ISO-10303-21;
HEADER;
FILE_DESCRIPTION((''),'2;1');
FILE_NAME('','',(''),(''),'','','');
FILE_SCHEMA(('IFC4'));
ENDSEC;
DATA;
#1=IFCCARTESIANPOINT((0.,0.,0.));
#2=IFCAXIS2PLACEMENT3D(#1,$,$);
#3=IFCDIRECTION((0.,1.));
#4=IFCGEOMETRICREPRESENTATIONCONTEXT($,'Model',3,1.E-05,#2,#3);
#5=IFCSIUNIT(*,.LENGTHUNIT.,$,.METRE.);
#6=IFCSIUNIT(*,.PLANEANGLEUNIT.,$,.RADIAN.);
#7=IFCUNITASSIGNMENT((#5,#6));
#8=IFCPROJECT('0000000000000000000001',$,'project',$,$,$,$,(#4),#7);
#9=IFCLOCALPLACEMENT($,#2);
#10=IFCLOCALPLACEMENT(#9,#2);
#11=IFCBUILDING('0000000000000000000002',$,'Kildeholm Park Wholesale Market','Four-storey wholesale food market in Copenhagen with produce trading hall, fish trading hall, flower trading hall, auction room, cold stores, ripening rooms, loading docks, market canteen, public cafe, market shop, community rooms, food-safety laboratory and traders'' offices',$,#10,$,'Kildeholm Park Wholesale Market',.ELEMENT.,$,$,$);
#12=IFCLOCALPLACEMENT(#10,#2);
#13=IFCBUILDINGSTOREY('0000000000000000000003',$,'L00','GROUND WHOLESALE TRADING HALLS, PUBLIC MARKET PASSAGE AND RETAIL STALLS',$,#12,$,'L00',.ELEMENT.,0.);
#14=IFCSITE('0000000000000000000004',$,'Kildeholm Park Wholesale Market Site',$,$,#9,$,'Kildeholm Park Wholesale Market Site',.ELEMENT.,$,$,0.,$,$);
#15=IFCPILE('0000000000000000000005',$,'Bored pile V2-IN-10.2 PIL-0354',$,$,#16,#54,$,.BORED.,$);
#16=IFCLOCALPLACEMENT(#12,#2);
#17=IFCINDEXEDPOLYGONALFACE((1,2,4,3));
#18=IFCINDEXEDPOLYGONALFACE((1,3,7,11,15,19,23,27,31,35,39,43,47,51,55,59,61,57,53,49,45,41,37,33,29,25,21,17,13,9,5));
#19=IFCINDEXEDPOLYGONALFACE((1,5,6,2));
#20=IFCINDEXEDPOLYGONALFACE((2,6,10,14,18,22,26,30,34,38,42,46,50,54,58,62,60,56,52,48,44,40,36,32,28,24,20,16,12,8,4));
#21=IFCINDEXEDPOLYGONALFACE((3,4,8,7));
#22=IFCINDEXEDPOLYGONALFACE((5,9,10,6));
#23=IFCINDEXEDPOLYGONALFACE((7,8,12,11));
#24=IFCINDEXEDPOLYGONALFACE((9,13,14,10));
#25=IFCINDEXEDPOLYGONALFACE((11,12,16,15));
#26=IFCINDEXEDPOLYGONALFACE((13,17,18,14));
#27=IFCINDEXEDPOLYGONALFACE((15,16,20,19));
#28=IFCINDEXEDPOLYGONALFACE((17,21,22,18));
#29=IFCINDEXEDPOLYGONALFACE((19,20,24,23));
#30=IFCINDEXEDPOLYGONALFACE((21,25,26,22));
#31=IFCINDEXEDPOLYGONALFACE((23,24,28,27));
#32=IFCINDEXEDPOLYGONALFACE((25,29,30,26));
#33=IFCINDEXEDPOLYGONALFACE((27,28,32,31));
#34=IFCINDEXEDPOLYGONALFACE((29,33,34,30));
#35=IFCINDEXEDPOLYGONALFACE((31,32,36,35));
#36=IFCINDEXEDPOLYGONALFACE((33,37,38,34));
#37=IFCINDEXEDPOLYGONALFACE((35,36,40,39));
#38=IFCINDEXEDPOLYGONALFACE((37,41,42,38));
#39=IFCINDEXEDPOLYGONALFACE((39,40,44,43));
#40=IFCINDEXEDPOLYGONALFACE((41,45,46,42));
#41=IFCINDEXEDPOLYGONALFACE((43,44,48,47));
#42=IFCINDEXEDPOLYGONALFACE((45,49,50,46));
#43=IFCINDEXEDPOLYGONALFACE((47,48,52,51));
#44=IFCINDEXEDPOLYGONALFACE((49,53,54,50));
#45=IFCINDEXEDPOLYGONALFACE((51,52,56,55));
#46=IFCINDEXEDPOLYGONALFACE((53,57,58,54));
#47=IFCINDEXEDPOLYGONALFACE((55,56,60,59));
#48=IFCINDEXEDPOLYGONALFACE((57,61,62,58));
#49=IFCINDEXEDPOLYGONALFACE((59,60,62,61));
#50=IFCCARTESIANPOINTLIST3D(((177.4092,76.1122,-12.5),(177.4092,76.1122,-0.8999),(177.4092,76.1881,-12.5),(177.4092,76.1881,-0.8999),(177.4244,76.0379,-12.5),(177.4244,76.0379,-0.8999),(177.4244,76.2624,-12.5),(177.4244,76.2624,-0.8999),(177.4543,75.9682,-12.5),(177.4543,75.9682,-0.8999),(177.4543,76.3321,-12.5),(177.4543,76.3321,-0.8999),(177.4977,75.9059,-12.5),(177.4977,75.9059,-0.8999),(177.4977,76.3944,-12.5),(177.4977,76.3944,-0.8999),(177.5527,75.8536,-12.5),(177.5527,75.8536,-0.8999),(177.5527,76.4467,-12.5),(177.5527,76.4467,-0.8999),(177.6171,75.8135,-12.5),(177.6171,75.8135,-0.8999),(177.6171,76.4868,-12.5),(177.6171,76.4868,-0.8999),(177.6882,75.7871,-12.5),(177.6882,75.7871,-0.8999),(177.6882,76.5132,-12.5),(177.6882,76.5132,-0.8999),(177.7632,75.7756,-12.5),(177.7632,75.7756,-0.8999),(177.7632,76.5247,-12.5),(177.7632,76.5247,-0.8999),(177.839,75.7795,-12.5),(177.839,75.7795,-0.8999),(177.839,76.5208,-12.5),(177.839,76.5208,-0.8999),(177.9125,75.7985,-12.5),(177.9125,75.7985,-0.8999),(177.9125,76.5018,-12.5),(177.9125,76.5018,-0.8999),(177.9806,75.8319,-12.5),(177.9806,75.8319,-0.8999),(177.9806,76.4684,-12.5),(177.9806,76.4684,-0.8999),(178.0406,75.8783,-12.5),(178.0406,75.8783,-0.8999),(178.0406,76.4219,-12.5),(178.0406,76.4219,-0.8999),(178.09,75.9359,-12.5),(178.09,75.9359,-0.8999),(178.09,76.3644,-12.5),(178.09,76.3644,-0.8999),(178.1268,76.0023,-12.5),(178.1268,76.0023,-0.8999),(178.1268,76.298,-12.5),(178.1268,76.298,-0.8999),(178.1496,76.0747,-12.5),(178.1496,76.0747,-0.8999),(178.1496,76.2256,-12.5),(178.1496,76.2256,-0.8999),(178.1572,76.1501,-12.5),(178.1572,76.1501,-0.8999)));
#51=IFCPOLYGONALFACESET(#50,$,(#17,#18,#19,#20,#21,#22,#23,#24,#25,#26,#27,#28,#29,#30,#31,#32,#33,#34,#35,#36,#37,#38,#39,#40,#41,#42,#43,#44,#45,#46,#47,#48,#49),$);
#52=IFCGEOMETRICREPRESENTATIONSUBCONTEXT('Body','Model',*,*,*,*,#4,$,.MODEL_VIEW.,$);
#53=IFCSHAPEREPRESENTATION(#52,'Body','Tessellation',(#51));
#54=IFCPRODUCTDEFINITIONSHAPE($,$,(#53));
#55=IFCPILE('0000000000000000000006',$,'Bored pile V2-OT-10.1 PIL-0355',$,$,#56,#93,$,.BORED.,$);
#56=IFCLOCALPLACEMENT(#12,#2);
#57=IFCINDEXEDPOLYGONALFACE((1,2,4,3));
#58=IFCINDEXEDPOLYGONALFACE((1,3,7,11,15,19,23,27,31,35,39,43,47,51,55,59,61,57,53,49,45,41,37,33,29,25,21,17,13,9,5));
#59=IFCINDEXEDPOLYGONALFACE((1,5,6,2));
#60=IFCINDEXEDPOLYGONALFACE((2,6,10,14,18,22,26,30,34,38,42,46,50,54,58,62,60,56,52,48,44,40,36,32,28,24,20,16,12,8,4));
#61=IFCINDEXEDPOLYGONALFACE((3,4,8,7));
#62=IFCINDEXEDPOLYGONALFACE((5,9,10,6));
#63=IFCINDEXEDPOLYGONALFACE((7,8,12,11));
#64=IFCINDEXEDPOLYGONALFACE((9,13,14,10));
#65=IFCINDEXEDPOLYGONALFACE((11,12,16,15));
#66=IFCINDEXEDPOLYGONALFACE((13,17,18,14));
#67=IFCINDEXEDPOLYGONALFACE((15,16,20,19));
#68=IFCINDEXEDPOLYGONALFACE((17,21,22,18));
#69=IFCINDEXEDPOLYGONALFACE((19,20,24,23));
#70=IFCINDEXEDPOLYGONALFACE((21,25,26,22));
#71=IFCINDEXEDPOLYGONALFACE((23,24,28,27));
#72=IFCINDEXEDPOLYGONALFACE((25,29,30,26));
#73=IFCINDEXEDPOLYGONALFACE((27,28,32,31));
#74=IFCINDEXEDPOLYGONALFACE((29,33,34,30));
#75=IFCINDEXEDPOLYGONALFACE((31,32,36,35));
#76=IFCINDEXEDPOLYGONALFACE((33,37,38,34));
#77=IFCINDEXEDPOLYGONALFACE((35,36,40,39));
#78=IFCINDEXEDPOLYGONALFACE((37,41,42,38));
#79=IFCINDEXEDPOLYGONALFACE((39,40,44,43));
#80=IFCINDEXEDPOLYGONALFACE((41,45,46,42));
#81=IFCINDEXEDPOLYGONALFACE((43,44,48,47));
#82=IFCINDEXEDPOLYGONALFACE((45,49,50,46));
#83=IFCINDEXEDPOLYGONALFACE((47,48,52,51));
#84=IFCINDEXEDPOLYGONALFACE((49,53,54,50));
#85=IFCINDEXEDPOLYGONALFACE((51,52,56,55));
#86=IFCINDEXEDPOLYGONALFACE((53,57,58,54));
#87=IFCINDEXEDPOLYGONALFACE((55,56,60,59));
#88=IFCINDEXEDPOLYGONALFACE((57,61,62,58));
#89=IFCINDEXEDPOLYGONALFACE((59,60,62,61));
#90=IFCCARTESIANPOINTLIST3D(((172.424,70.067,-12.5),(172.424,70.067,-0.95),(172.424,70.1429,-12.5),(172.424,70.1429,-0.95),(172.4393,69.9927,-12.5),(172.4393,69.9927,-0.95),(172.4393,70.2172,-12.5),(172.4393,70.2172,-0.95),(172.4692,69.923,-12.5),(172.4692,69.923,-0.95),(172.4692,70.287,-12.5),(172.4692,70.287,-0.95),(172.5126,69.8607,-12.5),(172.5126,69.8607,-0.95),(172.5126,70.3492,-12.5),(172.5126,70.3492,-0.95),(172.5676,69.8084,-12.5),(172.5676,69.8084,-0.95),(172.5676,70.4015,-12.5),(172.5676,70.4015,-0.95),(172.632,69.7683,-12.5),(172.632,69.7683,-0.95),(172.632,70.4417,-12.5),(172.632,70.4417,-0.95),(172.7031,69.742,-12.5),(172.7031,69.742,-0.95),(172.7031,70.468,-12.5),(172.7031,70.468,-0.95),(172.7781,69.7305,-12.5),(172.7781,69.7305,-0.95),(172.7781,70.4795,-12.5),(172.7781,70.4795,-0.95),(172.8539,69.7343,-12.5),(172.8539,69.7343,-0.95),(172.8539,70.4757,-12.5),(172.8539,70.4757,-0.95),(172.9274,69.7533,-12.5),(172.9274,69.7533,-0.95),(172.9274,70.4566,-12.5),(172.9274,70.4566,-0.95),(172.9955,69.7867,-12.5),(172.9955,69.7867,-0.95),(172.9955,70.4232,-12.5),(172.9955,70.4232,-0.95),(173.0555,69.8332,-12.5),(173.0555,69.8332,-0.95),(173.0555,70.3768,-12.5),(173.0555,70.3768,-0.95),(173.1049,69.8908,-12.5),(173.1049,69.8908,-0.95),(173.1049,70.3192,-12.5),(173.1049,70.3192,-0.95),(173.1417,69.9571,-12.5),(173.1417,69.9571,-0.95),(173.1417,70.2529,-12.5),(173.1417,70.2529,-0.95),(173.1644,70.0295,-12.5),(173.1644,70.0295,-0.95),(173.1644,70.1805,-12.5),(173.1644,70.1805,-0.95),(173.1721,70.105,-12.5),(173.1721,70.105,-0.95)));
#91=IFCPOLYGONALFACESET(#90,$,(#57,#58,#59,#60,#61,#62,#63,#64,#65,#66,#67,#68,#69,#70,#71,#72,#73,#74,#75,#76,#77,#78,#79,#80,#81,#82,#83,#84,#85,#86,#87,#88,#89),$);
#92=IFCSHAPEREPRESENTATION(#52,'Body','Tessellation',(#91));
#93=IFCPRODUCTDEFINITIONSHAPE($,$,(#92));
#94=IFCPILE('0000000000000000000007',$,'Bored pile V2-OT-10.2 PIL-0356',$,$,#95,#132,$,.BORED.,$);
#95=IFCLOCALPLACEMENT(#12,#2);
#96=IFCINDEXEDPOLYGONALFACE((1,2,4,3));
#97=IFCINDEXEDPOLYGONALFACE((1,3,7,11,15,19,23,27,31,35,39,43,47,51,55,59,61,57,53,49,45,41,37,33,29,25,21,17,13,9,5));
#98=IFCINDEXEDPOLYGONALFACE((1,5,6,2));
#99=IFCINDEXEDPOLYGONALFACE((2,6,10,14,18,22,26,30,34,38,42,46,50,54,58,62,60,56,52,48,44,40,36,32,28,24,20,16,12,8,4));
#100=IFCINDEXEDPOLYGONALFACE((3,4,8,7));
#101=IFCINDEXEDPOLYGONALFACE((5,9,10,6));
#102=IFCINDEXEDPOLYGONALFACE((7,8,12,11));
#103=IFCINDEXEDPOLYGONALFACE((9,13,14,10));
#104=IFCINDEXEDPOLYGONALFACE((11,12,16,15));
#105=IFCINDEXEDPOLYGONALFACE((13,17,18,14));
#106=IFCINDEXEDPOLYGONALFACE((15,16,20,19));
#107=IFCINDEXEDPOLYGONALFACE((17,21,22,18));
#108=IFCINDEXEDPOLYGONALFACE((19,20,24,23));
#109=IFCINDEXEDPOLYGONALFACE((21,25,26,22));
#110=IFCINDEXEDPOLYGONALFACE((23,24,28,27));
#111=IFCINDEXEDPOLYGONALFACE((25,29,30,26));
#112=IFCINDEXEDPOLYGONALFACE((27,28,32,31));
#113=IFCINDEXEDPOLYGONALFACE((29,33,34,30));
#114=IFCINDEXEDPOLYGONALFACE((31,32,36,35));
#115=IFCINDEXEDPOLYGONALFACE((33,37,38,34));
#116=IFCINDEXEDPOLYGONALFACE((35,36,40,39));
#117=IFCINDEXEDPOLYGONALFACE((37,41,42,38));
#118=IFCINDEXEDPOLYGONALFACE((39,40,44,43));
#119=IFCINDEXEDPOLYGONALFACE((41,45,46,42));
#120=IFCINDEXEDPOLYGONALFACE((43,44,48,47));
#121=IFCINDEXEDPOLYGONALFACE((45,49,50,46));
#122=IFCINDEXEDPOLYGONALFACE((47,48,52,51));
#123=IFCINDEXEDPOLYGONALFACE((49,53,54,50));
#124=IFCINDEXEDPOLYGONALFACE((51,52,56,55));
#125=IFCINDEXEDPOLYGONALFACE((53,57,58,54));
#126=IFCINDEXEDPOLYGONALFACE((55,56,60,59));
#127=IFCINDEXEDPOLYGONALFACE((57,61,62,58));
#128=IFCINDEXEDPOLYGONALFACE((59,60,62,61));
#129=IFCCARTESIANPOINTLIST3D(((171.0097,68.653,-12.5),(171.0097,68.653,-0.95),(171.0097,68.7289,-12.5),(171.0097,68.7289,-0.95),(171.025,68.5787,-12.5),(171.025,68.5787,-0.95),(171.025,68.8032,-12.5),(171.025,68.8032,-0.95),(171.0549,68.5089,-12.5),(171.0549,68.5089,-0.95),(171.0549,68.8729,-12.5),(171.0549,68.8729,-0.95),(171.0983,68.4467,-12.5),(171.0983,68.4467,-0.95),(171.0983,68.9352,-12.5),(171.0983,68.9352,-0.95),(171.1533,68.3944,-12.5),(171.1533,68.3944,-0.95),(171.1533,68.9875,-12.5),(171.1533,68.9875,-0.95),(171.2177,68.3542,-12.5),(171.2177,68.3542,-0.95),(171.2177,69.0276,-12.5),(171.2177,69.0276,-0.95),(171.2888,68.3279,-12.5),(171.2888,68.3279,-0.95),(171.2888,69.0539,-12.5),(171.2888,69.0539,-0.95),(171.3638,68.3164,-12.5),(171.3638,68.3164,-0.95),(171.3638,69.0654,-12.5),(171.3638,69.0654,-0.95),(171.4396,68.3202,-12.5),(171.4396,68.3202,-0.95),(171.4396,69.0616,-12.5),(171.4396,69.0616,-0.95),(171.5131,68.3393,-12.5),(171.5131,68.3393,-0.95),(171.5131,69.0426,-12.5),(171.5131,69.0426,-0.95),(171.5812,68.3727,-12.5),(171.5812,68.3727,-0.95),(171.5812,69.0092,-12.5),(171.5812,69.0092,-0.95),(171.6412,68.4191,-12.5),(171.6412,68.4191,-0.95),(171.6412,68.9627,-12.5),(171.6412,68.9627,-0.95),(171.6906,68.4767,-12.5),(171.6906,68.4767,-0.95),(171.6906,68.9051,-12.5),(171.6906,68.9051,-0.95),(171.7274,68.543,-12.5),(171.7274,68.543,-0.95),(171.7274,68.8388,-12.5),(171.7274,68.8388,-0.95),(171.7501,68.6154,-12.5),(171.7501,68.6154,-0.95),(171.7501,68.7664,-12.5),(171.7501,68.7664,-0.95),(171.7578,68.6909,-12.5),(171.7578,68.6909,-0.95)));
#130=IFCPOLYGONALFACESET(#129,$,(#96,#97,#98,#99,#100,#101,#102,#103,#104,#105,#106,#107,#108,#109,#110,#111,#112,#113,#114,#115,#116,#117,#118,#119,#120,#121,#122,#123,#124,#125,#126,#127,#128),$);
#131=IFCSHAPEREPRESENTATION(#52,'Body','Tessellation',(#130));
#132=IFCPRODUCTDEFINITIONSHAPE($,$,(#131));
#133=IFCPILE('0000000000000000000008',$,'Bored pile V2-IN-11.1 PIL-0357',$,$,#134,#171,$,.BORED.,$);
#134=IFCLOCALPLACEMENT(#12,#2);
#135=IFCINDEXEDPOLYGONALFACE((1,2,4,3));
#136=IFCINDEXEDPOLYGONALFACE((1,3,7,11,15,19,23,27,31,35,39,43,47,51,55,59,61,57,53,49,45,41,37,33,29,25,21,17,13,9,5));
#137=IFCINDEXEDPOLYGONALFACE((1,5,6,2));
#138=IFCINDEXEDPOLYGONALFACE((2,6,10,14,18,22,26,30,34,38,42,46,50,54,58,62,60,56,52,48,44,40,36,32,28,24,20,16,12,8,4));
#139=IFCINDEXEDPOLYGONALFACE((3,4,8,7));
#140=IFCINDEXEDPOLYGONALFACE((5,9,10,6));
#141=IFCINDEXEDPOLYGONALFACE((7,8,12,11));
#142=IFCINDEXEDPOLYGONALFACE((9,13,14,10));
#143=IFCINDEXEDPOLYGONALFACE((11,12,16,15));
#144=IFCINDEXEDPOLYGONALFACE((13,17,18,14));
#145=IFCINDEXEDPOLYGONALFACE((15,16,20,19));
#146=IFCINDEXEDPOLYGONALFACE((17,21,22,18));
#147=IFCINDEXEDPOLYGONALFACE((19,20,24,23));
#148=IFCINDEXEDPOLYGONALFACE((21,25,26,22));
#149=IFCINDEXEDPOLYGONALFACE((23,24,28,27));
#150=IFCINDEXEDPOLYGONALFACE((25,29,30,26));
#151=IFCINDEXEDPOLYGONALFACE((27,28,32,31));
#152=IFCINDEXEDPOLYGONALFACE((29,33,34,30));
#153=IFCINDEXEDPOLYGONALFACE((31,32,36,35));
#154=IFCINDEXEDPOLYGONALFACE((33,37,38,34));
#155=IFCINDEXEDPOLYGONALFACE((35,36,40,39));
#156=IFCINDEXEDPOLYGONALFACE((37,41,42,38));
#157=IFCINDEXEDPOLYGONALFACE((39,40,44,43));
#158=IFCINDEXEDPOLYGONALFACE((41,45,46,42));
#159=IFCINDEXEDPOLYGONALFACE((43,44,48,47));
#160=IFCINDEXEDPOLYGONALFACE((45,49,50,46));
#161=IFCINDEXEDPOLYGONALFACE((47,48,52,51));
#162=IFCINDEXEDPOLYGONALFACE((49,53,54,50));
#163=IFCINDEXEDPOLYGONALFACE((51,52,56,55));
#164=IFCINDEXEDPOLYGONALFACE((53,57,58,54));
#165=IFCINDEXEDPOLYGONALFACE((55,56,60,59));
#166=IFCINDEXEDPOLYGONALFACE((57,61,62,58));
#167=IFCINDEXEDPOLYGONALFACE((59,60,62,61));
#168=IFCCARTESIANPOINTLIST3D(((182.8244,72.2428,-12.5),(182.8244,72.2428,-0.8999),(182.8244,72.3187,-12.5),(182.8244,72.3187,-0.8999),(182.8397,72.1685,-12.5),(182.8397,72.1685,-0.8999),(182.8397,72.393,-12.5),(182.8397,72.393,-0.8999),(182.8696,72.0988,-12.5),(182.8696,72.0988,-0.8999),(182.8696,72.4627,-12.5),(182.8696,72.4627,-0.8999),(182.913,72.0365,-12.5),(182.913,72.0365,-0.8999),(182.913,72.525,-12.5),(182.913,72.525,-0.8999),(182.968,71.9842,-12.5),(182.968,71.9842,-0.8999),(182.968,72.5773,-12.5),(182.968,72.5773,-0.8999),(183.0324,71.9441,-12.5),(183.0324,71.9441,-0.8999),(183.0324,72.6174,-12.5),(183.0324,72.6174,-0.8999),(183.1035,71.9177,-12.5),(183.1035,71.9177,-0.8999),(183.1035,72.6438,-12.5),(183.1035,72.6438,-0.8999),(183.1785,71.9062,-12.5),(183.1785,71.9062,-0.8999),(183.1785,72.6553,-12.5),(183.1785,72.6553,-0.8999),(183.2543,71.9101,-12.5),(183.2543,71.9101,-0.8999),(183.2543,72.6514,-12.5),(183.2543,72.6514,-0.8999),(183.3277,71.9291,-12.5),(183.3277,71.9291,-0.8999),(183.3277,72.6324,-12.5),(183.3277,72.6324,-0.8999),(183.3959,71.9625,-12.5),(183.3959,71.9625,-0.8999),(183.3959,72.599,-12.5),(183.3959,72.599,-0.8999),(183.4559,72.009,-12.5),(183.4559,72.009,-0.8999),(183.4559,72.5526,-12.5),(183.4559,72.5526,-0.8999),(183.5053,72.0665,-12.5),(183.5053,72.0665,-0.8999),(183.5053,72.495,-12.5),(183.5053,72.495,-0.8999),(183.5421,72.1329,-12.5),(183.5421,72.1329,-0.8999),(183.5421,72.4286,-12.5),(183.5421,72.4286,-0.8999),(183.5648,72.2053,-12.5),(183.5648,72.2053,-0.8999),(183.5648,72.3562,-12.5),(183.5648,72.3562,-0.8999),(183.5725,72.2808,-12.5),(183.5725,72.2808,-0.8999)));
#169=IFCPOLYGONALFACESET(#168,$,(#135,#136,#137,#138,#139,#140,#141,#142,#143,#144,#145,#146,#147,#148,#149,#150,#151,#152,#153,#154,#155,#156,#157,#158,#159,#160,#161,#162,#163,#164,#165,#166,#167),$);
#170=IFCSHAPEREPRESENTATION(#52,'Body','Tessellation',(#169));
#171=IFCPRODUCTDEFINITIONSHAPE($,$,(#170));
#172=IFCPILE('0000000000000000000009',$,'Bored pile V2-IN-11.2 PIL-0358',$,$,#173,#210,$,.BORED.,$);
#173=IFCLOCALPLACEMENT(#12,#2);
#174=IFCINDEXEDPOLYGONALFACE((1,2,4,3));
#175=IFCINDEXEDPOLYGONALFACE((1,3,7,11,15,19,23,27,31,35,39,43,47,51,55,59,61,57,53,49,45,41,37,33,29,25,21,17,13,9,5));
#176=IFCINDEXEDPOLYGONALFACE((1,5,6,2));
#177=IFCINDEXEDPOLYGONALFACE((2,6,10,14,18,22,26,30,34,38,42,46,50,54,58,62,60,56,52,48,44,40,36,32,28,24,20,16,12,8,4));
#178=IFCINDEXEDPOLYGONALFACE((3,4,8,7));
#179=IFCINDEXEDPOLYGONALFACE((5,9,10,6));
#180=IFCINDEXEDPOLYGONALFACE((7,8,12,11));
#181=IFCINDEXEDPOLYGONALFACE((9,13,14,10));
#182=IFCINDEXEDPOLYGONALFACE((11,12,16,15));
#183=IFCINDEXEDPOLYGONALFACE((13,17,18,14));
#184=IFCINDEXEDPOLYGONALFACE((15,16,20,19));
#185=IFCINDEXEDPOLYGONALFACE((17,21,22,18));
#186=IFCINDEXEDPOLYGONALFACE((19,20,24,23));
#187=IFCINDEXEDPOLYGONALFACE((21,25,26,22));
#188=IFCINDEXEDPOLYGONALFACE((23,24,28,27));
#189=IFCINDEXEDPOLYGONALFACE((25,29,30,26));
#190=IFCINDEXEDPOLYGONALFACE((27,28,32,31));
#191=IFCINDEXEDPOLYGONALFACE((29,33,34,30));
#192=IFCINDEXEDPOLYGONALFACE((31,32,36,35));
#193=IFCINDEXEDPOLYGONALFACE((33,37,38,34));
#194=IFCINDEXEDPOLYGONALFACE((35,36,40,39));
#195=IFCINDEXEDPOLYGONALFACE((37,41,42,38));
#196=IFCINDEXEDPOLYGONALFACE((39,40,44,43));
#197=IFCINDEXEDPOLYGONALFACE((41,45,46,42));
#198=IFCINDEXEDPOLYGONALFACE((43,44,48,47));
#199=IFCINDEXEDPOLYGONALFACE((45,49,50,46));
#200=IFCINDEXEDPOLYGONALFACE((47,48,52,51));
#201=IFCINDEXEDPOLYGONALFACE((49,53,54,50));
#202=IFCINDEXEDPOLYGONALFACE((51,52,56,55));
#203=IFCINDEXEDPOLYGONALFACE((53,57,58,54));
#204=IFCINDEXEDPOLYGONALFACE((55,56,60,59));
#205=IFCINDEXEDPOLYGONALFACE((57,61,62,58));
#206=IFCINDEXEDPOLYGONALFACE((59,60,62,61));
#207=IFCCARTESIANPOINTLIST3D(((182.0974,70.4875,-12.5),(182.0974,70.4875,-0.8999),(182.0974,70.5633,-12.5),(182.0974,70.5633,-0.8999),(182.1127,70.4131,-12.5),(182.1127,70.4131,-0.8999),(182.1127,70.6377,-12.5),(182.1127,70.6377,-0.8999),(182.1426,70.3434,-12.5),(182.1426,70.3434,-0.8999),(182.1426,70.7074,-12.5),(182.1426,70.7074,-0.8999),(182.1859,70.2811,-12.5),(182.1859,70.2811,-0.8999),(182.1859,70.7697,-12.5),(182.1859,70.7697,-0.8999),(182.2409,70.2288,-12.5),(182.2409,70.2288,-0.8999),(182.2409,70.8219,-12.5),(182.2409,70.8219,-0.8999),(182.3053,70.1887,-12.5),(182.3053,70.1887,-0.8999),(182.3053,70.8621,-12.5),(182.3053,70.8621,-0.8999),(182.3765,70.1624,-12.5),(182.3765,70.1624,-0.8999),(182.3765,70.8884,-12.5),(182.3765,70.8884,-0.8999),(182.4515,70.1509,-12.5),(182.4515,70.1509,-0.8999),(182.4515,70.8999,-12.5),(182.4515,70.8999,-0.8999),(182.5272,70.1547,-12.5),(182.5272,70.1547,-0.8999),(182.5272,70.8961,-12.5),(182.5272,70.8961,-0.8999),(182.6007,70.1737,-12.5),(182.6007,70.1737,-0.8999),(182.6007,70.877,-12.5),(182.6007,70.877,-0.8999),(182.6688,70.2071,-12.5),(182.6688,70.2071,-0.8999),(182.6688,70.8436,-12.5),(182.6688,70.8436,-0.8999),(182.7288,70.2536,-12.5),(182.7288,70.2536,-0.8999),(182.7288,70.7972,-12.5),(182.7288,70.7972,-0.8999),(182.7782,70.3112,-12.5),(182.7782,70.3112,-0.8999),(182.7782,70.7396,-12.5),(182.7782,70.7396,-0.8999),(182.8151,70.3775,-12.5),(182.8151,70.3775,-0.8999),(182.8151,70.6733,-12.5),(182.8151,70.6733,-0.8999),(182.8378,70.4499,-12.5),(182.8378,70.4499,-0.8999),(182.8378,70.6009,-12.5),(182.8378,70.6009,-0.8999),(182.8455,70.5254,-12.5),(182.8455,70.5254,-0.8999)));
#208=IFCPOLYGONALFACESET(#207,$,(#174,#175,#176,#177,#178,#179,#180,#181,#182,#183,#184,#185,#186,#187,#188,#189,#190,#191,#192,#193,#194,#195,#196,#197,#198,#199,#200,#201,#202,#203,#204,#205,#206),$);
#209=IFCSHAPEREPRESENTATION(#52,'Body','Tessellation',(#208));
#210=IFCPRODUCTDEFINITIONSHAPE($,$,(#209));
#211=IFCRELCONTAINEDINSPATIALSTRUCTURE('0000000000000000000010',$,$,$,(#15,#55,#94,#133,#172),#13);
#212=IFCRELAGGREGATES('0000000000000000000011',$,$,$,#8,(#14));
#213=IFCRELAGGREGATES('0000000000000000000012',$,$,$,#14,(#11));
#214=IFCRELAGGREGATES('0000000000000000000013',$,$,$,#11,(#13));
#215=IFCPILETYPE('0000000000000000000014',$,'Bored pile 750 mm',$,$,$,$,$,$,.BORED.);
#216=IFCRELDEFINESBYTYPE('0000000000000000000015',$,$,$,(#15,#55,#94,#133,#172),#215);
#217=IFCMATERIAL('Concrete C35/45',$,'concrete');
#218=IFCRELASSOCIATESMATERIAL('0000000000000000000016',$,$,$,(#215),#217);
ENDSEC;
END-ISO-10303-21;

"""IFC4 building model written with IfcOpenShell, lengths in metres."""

from ifc_helpers import new_model, si_unit, direction, frame, origin, origin_2d, place, context, subcontext, project, spatial, circle, extrude, material, material_profile, profile_set, type_object, element, save


model = new_model("IFC4")

# Units and contexts
model_context = context("Model", 3, precision=1e-05, world=origin(), true_north=direction((0.0, 1.0)))
body_context = subcontext(model_context, "Body", "Model", "MODEL_VIEW")
ifc_project = project(units=[si_unit("LENGTHUNIT", "METRE"), si_unit("PLANEANGLEUNIT", "RADIAN")], contexts=[model_context])

# Site, building, storey
site_placement = place(None, origin())
site = spatial("IfcSite", under=ifc_project, at=site_placement, Name="Kildeholm Park Wholesale Market Site", LongName="Kildeholm Park Wholesale Market Site", CompositionType="ELEMENT", RefElevation=0.0)
building_placement = place(site_placement, origin())
building = spatial("IfcBuilding", under=site, at=building_placement, Name="Kildeholm Park Wholesale Market", Description="Four-storey wholesale food market in Copenhagen with produce trading hall, fish trading hall, flower trading hall, auction room, cold stores, ripening rooms, loading docks, market canteen, public cafe, market shop, community rooms, food-safety laboratory and traders' offices", LongName="Kildeholm Park Wholesale Market", CompositionType="ELEMENT")
storey_placement = place(building_placement, origin())
storey = spatial("IfcBuildingStorey", under=building, at=storey_placement, Name="L00", Description="GROUND WHOLESALE TRADING HALLS, PUBLIC MARKET PASSAGE AND RETAIL STALLS", LongName="L00", CompositionType="ELEMENT", Elevation=0.0)

# Piles
ifc_material_1 = material(Name="Concrete C35/45", Category="concrete")
ifc_material_profile_1 = material_profile(ifc_material_1, circle(Radius=0.375, at=origin_2d()), Name="PILE D750")
ifc_profile_set_1 = profile_set([ifc_material_profile_1], Name="Concrete C35/45")
pile_type = type_object("IfcPileType", Name="Bored pile 750 mm", PredefinedType="BORED", material=ifc_profile_set_1)
pile_1_placement = place(storey_placement, frame((177.7822, 76.1501, -0.8999), z_axis=(0.0, 0.0, -1.0), x_axis=(1.0, 0.0, 0.0)))
element("IfcPile", 1, at=pile_1_placement, inside=storey, type_object=pile_type, Name="Bored pile V2-IN-10.2 PIL-0354", PredefinedType="BORED", context=body_context, shape_type="SweptSolid", body=[
    extrude(circle(Radius=0.375, at=origin_2d()), origin(), (0.0, 0.0, 1.0), 11.6001),
])
for number, where, z_axis, x_axis, name in (
    (2, (172.7971, 70.105, -0.95), (0.0, 0.0, -1.0), (1.0, 0.0, 0.0), "Bored pile V2-OT-10.1 PIL-0355"),
    (3, (171.3828, 68.6909, -0.95), (0.0, 0.0, -1.0), (1.0, 0.0, 0.0), "Bored pile V2-OT-10.2 PIL-0356"),
):
    element("IfcPile", number, at=place(storey_placement, frame(where, z_axis=z_axis, x_axis=x_axis)), inside=storey, type_object=pile_type, Name=name, PredefinedType="BORED", context=body_context, shape_type="SweptSolid", body=[
        extrude(circle(Radius=0.375, at=origin_2d()), origin(), (0.0, 0.0, 1.0), 11.55),
    ])
for number, where, z_axis, x_axis, name in (
    (4, (183.1975, 72.2808, -0.8999), (0.0, 0.0, -1.0), (1.0, 0.0, 0.0), "Bored pile V2-IN-11.1 PIL-0357"),
    (5, (182.4705, 70.5254, -0.8999), (0.0, 0.0, -1.0), (1.0, 0.0, 0.0), "Bored pile V2-IN-11.2 PIL-0358"),
):
    element("IfcPile", number, at=place(storey_placement, frame(where, z_axis=z_axis, x_axis=x_axis)), inside=storey, type_object=pile_type, Name=name, PredefinedType="BORED", context=body_context, shape_type="SweptSolid", body=[
        extrude(circle(Radius=0.375, at=origin_2d()), origin(), (0.0, 0.0, 1.0), 11.6001),
    ])

save(model, "model.ifc")
